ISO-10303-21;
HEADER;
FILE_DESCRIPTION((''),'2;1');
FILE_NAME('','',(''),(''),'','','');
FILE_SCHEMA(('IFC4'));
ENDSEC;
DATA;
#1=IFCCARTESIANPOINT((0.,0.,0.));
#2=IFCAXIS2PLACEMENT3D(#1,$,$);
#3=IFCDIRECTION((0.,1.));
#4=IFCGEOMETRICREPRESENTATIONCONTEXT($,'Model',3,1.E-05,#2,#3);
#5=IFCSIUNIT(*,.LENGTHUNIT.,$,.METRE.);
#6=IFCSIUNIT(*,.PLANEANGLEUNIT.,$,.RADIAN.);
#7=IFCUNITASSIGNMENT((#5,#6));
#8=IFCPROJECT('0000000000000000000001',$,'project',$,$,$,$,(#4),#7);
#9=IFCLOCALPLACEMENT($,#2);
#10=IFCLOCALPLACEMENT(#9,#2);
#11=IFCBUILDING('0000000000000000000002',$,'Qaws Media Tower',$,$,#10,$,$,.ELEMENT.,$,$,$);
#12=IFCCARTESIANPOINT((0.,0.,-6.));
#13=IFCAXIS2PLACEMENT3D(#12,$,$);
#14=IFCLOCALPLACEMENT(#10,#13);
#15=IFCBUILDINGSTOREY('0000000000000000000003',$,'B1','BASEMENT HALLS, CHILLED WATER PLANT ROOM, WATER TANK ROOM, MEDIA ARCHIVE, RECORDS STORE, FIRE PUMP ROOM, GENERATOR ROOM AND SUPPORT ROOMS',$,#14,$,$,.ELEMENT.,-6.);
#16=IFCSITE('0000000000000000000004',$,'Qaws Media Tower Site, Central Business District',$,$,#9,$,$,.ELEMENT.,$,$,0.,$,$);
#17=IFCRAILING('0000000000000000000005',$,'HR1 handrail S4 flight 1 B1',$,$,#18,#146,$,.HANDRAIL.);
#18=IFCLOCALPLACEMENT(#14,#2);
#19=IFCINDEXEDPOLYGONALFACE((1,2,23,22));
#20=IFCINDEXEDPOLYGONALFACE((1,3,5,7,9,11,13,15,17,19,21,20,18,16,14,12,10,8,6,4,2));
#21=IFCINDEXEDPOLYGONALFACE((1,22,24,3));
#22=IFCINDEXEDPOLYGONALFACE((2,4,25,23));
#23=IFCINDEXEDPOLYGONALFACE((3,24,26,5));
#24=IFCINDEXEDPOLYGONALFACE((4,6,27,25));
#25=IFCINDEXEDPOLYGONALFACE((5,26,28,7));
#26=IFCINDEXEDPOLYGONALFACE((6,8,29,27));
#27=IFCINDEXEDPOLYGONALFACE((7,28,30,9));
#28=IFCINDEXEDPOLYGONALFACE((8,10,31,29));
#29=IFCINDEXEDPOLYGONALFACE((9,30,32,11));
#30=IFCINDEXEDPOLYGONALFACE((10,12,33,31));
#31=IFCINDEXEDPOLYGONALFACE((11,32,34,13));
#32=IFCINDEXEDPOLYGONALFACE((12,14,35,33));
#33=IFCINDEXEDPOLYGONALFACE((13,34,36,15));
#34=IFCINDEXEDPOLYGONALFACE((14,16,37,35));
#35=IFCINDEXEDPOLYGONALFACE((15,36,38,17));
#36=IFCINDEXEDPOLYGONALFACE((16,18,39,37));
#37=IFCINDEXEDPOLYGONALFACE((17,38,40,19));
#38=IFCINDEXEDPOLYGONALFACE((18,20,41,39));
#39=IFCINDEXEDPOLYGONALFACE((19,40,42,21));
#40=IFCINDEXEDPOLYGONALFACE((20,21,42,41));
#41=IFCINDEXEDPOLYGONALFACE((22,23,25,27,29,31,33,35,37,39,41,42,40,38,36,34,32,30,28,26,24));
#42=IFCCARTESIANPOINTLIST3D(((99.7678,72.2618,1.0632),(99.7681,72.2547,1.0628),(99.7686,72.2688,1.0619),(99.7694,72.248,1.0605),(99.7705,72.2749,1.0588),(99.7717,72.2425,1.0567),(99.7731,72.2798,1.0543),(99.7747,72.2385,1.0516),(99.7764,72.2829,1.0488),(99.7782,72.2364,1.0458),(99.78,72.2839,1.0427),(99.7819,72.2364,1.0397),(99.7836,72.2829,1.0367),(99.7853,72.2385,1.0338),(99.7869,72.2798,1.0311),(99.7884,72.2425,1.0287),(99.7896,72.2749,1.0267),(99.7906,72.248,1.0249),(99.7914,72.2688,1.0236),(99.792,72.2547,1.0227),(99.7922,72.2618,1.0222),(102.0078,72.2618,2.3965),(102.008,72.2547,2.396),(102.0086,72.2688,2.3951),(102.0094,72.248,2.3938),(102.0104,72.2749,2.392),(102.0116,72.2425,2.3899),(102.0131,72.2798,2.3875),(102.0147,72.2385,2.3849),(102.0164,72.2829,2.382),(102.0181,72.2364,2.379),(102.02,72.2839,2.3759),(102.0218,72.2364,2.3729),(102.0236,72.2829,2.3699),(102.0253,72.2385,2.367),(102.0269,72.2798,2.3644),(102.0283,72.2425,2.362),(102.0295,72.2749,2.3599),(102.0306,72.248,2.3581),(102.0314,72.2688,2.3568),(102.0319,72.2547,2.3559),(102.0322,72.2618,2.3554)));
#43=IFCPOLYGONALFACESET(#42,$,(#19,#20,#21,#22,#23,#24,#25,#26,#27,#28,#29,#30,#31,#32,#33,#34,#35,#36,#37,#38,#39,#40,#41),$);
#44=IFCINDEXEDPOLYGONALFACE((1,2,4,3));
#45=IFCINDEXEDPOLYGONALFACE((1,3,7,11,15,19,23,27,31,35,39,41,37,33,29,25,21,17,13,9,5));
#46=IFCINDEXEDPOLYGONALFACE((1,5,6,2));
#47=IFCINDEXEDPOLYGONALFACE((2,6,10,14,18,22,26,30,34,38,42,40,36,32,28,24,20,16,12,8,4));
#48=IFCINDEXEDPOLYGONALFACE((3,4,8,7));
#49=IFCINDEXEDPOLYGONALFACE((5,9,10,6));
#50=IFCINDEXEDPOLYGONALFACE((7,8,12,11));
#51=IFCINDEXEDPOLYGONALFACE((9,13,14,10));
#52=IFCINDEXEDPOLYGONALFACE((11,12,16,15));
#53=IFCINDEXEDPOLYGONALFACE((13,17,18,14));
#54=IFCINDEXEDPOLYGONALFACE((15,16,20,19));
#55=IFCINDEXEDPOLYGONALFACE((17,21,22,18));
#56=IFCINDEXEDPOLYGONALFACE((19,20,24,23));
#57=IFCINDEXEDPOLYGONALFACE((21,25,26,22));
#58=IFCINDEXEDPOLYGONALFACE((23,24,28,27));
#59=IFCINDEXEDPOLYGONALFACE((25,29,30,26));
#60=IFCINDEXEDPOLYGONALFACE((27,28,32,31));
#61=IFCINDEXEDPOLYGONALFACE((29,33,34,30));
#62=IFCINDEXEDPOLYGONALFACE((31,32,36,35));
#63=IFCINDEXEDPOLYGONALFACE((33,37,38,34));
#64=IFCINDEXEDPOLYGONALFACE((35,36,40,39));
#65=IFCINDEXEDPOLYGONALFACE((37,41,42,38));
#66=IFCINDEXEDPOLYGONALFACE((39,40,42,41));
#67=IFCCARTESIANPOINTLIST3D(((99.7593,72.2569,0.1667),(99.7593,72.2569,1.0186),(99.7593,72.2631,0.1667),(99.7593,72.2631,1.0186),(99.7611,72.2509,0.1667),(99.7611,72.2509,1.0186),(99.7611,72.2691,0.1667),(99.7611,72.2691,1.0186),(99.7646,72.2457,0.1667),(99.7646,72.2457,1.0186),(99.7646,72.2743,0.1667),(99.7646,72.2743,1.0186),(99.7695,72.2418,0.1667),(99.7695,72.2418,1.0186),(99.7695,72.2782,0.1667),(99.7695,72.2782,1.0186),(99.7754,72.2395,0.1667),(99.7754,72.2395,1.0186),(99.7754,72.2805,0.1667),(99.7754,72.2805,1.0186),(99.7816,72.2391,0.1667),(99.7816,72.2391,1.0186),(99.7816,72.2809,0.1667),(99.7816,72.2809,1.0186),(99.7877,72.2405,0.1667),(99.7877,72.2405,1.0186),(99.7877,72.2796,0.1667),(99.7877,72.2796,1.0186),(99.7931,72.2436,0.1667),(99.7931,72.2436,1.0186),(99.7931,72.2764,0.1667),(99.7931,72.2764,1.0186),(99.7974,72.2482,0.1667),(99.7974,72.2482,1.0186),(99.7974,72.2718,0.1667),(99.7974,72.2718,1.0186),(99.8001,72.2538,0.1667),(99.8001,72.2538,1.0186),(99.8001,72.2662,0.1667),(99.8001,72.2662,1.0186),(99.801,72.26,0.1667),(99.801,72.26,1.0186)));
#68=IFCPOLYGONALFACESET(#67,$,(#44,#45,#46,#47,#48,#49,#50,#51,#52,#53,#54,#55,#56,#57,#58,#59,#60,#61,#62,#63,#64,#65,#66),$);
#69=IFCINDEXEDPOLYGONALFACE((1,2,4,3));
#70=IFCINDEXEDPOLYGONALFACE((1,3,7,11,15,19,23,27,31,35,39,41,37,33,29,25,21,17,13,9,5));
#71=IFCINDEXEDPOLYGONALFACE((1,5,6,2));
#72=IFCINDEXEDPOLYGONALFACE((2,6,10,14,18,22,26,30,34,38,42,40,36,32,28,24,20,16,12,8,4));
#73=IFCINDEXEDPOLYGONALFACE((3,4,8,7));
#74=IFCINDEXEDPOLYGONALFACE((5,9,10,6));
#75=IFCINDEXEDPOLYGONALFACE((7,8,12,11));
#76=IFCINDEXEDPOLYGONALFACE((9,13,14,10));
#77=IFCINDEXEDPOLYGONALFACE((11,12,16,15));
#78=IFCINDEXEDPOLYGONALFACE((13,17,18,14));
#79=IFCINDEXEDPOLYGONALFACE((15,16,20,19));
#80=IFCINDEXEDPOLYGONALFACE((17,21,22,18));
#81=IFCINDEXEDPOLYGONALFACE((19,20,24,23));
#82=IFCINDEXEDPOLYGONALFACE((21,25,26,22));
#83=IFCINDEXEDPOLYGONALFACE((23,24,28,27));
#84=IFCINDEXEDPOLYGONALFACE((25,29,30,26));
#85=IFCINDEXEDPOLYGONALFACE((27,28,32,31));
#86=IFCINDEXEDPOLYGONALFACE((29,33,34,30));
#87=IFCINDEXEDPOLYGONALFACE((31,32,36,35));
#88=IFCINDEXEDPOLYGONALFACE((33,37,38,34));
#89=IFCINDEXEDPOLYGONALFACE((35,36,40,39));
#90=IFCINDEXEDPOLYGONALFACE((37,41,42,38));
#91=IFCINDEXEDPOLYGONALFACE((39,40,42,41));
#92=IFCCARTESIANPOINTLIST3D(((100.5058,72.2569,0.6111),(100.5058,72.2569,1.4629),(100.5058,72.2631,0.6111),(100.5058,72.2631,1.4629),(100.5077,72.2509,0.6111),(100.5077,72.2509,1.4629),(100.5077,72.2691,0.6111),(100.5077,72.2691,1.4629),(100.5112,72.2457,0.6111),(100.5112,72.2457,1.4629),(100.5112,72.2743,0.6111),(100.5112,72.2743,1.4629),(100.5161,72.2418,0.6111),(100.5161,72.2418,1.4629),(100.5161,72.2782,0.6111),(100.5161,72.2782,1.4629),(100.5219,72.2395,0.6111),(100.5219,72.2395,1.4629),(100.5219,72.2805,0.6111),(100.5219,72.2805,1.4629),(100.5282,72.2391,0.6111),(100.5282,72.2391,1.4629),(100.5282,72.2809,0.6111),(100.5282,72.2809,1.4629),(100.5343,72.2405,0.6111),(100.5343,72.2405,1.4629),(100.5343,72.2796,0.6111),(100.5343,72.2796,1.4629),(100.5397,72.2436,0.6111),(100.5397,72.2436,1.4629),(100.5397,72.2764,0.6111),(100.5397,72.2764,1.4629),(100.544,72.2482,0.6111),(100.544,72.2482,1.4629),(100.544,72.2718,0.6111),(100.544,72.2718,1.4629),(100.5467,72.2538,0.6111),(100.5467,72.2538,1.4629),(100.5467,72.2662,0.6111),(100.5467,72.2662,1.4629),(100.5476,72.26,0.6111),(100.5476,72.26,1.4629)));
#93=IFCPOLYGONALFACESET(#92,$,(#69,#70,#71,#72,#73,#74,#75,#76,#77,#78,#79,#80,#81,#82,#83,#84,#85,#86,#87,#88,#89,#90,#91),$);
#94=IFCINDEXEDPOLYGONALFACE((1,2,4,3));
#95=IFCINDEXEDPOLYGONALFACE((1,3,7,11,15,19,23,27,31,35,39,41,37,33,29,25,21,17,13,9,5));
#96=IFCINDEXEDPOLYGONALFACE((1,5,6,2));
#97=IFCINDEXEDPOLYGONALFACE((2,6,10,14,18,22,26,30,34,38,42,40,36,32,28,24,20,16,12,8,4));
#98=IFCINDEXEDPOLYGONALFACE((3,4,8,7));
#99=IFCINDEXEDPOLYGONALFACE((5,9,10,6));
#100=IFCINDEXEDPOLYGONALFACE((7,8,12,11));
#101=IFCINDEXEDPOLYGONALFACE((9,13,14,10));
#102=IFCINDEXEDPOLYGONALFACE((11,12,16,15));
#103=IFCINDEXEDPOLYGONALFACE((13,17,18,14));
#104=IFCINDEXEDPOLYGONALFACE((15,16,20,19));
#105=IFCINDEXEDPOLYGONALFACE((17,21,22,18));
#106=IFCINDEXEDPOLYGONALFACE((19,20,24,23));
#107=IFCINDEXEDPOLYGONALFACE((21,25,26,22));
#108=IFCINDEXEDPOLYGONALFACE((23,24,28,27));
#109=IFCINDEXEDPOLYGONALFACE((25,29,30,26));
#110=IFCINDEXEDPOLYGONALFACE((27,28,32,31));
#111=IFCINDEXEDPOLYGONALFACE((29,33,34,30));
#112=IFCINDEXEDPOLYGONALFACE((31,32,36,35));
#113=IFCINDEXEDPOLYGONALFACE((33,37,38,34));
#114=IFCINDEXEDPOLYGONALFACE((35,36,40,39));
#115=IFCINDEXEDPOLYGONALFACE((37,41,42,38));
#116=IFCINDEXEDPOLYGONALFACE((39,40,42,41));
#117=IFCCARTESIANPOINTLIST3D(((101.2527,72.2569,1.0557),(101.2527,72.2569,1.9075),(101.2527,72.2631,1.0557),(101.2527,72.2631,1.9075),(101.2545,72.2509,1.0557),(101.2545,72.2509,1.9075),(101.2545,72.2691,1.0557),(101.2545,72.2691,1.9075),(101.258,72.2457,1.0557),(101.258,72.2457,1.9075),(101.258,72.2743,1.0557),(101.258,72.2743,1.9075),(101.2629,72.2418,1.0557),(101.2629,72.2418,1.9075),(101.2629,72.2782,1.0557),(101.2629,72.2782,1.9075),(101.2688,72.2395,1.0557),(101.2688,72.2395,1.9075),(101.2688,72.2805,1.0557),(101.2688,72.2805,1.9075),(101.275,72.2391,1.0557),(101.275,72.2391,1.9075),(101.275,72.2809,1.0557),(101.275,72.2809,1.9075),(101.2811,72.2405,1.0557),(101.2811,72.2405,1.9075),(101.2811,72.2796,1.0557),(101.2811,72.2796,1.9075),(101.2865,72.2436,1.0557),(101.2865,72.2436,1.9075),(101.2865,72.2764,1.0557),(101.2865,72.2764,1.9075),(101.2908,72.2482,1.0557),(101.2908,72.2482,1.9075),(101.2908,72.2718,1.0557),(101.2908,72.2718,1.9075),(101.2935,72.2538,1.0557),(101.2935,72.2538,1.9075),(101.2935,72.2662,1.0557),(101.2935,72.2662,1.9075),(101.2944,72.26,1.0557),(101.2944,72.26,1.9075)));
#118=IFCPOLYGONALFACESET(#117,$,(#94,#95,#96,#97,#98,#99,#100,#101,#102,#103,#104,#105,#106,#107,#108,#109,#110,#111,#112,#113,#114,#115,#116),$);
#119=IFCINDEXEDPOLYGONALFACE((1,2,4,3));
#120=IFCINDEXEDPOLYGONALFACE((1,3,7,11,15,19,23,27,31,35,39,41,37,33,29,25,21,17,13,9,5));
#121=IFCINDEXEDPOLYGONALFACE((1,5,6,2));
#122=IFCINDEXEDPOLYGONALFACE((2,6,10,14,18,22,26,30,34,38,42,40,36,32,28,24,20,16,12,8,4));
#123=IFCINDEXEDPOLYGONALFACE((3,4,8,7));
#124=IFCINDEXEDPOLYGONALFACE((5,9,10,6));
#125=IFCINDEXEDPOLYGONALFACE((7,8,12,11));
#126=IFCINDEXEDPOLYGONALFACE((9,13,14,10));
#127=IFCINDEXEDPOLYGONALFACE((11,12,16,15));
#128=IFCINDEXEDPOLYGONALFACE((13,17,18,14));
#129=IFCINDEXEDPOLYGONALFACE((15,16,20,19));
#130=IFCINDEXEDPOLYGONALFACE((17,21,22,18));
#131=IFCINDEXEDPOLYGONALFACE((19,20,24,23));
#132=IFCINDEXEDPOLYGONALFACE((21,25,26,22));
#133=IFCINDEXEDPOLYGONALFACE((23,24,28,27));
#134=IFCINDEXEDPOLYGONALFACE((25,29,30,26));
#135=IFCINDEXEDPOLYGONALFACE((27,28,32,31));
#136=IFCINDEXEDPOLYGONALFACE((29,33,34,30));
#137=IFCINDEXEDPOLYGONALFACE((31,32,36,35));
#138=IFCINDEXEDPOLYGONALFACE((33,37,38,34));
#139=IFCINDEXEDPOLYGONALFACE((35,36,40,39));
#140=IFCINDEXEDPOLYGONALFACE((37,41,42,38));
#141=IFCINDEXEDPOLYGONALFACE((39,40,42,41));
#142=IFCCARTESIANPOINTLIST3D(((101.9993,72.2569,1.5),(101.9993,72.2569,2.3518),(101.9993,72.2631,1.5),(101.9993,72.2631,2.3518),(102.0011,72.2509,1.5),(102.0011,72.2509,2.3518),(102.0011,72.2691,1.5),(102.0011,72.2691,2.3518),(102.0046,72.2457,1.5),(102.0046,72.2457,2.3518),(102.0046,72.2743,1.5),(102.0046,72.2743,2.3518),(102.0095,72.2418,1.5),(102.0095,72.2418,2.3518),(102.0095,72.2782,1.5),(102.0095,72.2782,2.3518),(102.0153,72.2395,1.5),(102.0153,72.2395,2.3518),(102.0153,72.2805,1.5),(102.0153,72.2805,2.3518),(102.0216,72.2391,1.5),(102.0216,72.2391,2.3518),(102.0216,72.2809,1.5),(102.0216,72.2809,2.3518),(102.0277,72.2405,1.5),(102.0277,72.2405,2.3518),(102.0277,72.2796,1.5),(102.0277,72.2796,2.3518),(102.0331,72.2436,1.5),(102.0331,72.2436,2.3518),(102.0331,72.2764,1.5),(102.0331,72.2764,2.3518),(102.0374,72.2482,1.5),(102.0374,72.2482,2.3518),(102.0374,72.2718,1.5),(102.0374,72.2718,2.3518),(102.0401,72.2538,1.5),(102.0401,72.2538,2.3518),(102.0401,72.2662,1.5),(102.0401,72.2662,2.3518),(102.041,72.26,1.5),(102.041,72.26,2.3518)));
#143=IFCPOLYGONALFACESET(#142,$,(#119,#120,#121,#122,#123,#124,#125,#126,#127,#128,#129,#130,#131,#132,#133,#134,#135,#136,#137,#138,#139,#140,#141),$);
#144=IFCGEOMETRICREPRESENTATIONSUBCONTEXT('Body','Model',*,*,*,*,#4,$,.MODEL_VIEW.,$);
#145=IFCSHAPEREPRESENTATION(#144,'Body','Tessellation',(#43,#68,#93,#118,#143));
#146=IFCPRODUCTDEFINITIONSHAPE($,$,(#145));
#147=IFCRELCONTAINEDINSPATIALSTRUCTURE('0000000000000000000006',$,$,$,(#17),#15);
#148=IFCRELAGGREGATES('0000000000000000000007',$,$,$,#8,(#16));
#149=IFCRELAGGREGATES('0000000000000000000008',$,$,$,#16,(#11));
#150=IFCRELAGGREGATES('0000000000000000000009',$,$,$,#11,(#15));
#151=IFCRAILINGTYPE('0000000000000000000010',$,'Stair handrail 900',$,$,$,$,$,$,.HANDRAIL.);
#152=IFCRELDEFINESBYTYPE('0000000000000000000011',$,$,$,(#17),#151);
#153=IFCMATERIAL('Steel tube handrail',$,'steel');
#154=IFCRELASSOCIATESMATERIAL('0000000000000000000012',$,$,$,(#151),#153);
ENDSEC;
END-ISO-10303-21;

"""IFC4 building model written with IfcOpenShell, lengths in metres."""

from ifc_helpers import new_model, si_unit, direction, frame, origin, origin_2d, place, context, subcontext, project, spatial, circle, extrude, material, type_object, element, save


model = new_model("IFC4")

# Units and contexts
model_context = context("Model", 3, precision=1e-05, world=origin(), true_north=direction((0.0, 1.0)))
body_context = subcontext(model_context, "Body", "Model", "MODEL_VIEW")
ifc_project = project(units=[si_unit("LENGTHUNIT", "METRE"), si_unit("PLANEANGLEUNIT", "RADIAN")], contexts=[model_context])

# Site, building, storey
site_placement = place(None, origin())
site = spatial("IfcSite", under=ifc_project, at=site_placement, Name="Qaws Media Tower Site, Central Business District", CompositionType="ELEMENT", RefElevation=0.0)
building_placement = place(site_placement, origin())
building = spatial("IfcBuilding", under=site, at=building_placement, Name="Qaws Media Tower", CompositionType="ELEMENT")
storey_placement = place(building_placement, frame((0.0, 0.0, -6.0)))
storey = spatial("IfcBuildingStorey", under=building, at=storey_placement, Name="B1", Description="BASEMENT HALLS, CHILLED WATER PLANT ROOM, WATER TANK ROOM, MEDIA ARCHIVE, RECORDS STORE, FIRE PUMP ROOM, GENERATOR ROOM AND SUPPORT ROOMS", CompositionType="ELEMENT", Elevation=-6.0)

# Railing
ifc_material_1 = material(Name="Steel tube handrail", Category="steel")
railing_type = type_object("IfcRailingType", Name="Stair handrail 900", PredefinedType="HANDRAIL", material=ifc_material_1)
for number, where, name in (
    (1, (99.78, 72.26, 0.1667), "HR1 handrail S4 flight 1 B1"),
):
    element("IfcRailing", number, at=place(storey_placement, frame(where)), inside=storey, type_object=railing_type, Name=name, PredefinedType="HANDRAIL", context=body_context, shape_type="SweptSolid", body=[
        extrude(circle(Radius=0.0239, at=origin_2d()), frame((0.0, 0.0, 0.876), z_axis=(0.859306, 0.0, 0.511462), x_axis=(0.0, 1.0, 0.0)), (0.0, 0.0, 1.0), 2.6067),
        extrude(circle(Radius=0.021, at=origin_2d()), origin(), (0.0, 0.0, 1.0), 0.8518),
        extrude(circle(Radius=0.021, at=origin_2d()), frame((0.7466, 0.0, 0.4443)), (0.0, 0.0, 1.0), 0.8518),
        extrude(circle(Radius=0.021, at=origin_2d()), frame((1.4934, 0.0, 0.8889)), (0.0, 0.0, 1.0), 0.8518),
        extrude(circle(Radius=0.021, at=origin_2d()), frame((2.24, 0.0, 1.3333)), (0.0, 0.0, 1.0), 0.8518),
    ])

save(model, "model.ifc")
